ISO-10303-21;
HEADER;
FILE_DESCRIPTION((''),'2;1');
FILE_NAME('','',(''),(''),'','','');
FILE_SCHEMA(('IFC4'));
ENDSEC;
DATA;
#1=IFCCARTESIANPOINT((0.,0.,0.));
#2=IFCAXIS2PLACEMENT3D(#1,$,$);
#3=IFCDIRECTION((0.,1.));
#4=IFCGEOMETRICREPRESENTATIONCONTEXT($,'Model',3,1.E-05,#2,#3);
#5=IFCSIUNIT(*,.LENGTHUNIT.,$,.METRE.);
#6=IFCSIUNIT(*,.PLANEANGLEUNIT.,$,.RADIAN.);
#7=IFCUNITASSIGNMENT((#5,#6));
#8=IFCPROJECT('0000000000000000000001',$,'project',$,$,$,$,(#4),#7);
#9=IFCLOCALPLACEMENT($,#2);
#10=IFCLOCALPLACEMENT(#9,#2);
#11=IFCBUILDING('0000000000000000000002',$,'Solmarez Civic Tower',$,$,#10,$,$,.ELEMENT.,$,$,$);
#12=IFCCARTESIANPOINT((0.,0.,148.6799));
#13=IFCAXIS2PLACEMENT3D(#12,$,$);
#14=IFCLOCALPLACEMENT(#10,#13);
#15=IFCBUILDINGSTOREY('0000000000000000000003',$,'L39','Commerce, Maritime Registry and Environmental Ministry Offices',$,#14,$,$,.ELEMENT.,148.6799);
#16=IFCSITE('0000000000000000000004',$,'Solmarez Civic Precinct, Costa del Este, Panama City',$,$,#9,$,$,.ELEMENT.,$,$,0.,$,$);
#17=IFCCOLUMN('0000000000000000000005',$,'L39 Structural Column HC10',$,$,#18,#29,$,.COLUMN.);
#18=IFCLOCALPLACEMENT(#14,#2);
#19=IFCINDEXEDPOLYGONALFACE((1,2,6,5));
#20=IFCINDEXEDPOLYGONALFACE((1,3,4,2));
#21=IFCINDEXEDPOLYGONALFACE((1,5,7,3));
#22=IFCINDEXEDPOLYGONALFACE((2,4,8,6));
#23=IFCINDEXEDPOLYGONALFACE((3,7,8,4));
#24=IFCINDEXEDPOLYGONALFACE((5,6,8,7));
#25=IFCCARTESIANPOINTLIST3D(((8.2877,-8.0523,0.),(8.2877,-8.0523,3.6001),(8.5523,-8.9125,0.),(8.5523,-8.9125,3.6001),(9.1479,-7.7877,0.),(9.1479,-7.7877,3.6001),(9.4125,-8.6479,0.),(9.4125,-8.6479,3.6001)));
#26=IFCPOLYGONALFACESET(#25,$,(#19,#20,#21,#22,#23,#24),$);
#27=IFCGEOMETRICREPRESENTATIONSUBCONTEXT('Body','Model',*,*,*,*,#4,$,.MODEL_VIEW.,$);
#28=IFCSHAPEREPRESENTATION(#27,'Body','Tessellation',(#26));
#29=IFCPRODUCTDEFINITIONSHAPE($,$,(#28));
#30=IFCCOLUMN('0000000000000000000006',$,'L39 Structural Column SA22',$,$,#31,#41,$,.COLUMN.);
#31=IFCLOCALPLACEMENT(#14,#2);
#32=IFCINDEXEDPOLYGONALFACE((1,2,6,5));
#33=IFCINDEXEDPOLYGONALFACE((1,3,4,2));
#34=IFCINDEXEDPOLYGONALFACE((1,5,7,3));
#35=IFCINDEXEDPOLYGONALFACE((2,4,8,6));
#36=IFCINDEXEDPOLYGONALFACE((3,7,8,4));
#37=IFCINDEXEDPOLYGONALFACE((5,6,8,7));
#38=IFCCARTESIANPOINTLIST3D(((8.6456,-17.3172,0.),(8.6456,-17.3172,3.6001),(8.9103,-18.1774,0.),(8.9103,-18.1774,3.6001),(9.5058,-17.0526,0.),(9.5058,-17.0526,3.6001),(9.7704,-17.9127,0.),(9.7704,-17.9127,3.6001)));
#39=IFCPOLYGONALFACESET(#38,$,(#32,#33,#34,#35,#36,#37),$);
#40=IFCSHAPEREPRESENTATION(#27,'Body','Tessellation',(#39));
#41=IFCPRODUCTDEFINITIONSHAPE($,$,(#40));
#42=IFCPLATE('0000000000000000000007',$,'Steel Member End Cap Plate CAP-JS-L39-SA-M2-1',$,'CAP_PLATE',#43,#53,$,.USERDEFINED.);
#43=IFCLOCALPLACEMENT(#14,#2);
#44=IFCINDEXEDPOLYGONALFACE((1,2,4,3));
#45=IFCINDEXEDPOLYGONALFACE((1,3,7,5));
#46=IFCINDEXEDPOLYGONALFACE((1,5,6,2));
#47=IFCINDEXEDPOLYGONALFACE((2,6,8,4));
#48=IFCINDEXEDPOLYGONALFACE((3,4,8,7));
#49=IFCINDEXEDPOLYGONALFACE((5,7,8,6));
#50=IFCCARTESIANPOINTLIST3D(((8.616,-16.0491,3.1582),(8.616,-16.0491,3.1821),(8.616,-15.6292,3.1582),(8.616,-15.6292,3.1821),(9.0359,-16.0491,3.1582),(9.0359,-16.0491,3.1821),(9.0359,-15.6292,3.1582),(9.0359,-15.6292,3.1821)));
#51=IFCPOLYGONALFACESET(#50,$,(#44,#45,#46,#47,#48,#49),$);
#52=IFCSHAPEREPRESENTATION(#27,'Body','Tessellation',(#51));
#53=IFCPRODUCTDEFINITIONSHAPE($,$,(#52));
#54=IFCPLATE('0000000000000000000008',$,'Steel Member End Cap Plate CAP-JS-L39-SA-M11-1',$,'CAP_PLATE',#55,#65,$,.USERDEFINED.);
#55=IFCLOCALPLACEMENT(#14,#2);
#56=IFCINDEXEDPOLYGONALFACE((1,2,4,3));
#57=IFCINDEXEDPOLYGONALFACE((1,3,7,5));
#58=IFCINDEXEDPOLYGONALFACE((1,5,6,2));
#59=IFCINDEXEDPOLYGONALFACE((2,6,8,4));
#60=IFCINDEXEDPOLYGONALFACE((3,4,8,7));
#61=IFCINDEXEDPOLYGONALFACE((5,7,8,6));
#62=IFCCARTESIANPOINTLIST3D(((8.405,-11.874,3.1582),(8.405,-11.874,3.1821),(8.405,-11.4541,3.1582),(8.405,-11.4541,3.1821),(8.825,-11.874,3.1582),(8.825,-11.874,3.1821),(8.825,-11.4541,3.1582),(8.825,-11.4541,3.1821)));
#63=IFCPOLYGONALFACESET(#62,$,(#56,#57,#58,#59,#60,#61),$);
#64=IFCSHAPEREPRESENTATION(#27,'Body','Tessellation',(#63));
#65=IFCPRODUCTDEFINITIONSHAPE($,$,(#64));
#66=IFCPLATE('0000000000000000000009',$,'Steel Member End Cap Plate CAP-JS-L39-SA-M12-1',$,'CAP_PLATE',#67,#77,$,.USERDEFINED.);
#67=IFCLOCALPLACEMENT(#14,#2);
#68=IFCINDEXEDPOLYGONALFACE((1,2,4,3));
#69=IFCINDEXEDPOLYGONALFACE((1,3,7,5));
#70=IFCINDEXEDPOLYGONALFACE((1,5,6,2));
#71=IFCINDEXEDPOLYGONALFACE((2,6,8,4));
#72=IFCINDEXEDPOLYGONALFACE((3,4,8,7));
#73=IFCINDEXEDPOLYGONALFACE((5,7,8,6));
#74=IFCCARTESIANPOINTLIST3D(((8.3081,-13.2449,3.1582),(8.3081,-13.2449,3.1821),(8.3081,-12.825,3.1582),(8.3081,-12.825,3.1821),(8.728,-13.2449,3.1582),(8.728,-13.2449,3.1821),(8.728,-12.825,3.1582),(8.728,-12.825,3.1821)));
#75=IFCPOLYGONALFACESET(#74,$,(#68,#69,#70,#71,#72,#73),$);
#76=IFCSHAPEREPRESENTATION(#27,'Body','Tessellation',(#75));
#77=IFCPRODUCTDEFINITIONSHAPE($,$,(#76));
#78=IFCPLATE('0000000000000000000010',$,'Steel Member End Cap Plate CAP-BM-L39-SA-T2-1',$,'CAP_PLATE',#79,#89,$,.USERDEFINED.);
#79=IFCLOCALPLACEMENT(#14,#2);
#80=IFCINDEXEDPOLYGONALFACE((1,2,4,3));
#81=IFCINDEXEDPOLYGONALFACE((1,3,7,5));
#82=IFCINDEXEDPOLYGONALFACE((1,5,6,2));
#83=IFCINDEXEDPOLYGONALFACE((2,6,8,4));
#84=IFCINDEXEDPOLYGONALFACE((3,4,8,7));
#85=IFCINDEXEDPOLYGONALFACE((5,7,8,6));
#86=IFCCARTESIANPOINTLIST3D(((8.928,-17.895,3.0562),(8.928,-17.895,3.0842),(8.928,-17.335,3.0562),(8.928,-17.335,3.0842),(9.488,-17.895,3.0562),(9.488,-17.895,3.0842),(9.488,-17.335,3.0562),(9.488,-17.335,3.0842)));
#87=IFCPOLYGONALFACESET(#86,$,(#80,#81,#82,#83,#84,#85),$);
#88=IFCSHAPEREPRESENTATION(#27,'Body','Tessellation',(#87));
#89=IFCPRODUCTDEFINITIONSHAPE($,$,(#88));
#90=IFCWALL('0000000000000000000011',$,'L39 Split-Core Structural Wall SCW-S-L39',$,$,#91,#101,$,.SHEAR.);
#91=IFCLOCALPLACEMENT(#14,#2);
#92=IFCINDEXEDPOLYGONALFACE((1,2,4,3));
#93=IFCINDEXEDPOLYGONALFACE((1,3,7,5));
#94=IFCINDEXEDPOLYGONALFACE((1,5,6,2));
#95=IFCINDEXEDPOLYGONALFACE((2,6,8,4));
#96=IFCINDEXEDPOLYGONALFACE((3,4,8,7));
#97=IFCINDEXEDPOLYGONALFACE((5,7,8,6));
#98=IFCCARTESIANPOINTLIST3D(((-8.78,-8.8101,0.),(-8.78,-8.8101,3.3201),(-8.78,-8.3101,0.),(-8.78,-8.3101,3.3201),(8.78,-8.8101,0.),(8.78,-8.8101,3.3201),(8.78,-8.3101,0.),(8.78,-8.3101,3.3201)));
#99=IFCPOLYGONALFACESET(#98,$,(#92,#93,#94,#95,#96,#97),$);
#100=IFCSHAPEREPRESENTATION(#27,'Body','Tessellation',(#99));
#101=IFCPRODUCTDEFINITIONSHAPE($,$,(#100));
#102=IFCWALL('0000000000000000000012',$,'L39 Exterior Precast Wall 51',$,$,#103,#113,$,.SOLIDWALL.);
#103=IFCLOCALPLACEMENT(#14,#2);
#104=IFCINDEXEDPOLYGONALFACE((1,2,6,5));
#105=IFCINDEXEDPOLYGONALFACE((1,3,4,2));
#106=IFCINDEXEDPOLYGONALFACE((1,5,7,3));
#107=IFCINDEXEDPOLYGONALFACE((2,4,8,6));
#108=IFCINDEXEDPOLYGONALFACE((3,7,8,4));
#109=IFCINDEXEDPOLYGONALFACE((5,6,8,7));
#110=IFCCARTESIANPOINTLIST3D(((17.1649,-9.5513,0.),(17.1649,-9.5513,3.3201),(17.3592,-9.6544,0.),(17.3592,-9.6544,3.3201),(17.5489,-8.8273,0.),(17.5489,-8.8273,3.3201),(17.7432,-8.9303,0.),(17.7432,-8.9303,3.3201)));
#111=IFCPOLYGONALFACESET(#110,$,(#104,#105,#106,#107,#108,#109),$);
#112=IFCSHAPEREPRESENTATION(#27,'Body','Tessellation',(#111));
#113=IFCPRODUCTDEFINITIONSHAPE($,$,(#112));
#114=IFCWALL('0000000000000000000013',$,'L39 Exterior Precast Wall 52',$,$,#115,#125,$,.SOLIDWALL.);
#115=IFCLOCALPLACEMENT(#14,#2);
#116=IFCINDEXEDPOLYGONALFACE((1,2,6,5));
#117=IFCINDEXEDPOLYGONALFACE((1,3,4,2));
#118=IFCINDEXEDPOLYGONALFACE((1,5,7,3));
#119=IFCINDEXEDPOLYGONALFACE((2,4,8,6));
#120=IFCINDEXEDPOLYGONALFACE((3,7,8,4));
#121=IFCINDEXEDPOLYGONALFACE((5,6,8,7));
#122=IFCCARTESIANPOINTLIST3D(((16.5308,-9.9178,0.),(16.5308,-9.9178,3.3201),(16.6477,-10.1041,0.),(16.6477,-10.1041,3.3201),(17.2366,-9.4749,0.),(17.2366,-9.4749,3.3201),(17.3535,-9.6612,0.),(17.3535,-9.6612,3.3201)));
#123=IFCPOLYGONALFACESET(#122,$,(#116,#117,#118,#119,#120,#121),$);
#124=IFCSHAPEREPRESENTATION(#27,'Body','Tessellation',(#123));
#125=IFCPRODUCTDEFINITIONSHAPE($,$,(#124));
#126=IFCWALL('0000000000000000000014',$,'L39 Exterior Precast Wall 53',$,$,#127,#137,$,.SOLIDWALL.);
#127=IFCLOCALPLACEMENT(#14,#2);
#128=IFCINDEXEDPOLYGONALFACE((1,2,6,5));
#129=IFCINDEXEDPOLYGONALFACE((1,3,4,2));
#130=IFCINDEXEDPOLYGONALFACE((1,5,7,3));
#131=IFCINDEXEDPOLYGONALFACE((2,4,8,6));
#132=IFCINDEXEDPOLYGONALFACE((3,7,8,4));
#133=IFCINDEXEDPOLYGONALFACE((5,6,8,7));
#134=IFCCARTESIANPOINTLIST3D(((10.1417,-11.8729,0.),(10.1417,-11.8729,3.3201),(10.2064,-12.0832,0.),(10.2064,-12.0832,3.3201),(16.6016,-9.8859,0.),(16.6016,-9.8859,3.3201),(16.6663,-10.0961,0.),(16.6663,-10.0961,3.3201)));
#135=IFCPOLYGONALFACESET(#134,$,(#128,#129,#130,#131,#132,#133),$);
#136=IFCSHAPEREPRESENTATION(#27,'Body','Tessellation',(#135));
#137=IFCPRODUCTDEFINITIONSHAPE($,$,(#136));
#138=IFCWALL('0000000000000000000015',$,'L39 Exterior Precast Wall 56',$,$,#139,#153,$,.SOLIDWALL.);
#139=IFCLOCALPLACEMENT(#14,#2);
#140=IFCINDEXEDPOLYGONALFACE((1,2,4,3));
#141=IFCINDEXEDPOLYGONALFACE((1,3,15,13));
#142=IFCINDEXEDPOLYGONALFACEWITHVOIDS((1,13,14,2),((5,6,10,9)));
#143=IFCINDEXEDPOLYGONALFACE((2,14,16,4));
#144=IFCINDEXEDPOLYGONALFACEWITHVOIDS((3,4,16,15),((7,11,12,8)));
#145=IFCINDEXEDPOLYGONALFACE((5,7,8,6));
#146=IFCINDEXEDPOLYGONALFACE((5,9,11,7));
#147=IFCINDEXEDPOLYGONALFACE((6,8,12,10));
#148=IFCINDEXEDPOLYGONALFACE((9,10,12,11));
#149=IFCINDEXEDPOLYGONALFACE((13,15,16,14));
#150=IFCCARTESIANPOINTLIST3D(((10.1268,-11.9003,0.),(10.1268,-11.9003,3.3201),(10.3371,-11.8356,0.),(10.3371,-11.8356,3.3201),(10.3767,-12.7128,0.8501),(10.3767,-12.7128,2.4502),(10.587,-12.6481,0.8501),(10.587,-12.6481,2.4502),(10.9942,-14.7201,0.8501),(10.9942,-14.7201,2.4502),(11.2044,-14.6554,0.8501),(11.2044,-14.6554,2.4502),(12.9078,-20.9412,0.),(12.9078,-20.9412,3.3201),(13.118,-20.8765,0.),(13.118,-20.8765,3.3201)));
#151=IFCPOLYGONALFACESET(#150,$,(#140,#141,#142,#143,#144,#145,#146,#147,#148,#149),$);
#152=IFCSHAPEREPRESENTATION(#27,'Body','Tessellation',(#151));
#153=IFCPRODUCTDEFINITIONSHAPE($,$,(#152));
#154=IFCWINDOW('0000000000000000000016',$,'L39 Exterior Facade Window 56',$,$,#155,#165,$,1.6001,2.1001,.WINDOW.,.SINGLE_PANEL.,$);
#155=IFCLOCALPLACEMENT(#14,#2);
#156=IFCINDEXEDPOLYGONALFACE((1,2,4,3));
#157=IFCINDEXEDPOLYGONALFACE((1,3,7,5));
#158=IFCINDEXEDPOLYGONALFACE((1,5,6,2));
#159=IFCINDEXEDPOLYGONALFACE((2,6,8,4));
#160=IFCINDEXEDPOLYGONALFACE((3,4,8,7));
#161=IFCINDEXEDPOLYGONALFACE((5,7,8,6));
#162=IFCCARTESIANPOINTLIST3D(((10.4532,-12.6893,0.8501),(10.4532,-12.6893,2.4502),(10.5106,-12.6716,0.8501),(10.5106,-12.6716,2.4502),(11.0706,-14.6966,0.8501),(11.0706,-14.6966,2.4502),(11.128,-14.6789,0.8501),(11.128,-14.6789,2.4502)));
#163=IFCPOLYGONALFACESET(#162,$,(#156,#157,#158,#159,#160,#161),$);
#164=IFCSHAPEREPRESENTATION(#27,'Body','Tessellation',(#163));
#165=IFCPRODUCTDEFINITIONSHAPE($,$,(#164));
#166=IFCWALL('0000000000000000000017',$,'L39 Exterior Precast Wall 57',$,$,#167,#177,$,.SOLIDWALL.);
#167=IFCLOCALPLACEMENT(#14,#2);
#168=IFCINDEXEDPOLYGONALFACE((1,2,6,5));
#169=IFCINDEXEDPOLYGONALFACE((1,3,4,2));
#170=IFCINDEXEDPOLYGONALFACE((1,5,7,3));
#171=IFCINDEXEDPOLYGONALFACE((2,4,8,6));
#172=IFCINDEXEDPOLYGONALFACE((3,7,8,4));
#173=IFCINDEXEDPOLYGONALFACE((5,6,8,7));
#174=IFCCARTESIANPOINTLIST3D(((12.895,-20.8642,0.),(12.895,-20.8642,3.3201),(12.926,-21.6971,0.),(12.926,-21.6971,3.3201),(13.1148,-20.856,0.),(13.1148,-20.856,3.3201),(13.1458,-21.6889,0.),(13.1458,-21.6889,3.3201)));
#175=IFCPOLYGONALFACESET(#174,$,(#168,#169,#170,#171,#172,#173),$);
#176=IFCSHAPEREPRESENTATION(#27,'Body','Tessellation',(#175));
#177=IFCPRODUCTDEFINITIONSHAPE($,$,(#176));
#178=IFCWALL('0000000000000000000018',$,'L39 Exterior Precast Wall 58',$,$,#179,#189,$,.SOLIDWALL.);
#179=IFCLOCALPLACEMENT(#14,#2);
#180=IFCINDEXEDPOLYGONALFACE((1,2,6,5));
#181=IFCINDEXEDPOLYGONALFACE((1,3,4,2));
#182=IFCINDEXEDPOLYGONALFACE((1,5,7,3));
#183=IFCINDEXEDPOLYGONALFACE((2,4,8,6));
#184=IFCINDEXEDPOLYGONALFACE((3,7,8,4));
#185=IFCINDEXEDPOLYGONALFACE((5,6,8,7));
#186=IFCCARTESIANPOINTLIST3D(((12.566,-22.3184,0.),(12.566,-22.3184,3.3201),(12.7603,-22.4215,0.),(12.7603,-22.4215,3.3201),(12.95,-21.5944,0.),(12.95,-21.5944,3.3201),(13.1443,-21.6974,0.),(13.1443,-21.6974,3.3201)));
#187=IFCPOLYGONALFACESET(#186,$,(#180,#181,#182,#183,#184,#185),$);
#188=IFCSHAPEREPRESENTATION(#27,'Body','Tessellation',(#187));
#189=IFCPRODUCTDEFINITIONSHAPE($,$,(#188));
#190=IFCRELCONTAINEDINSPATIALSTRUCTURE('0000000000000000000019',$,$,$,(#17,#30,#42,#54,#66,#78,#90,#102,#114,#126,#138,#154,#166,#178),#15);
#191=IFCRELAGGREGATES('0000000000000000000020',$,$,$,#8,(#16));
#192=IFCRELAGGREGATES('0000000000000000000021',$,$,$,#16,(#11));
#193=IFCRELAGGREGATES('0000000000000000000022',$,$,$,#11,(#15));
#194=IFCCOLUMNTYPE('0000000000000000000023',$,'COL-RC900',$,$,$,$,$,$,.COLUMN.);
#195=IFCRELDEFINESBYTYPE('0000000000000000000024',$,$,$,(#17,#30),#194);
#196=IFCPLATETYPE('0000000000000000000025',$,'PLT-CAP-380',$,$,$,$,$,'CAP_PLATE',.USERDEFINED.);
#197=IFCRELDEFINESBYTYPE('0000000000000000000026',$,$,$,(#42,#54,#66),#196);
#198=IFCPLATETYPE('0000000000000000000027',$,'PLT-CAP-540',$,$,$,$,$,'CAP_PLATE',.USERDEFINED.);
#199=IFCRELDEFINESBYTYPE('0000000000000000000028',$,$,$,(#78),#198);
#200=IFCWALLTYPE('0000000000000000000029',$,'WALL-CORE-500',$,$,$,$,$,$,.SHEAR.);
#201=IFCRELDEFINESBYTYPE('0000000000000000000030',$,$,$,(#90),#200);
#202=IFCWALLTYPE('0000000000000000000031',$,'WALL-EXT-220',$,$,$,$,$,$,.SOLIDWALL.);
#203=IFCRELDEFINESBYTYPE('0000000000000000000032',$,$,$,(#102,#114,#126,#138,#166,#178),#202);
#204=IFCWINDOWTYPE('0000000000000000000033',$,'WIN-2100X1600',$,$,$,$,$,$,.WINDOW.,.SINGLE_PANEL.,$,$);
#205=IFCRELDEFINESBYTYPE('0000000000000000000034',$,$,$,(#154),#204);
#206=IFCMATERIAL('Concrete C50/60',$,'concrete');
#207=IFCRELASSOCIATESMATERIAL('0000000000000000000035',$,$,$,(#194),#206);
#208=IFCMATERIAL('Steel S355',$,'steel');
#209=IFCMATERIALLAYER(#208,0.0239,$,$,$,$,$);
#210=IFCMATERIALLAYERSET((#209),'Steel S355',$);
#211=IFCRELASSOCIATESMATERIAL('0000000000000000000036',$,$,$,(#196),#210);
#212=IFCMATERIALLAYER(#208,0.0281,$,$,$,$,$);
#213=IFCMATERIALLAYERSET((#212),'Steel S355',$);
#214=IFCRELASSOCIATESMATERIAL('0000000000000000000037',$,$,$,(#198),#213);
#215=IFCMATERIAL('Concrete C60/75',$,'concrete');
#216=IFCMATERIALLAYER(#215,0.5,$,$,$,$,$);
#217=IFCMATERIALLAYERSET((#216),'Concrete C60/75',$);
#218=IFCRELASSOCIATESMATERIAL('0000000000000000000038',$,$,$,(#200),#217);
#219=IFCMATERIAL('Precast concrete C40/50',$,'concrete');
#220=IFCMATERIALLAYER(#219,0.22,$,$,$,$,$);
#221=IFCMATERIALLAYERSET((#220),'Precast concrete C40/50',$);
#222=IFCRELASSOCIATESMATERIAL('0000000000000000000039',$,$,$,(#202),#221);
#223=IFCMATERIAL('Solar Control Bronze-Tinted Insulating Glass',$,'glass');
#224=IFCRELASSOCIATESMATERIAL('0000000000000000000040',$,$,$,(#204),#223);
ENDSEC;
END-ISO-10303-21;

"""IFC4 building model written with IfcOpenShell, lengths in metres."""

from ifc_helpers import new_model, si_unit, direction, frame, frame_2d, origin, origin_2d, place, context, subcontext, project, spatial, rectangle, extrude, material, layer, layer_set, material_profile, profile_set, type_object, element, fill, save


model = new_model("IFC4")

# Units and contexts
model_context = context("Model", 3, precision=1e-05, world=origin(), true_north=direction((0.0, 1.0)))
body_context = subcontext(model_context, "Body", "Model", "MODEL_VIEW")
ifc_project = project(units=[si_unit("LENGTHUNIT", "METRE"), si_unit("PLANEANGLEUNIT", "RADIAN")], contexts=[model_context])

# Site, building, storey
site_placement = place(None, origin())
site = spatial("IfcSite", under=ifc_project, at=site_placement, Name="Solmarez Civic Precinct, Costa del Este, Panama City", CompositionType="ELEMENT", RefElevation=0.0)
building_placement = place(site_placement, origin())
building = spatial("IfcBuilding", under=site, at=building_placement, Name="Solmarez Civic Tower", CompositionType="ELEMENT")
storey_placement = place(building_placement, frame((0.0, 0.0, 148.6799)))
storey = spatial("IfcBuildingStorey", under=building, at=storey_placement, Name="L39", Description="Commerce, Maritime Registry and Environmental Ministry Offices", CompositionType="ELEMENT", Elevation=148.6799)

# Columns
ifc_material_1 = material(Name="Concrete C50/60", Category="concrete")
ifc_material_profile = material_profile(ifc_material_1, rectangle(XDim=0.8999, YDim=0.8999, at=origin_2d()), Name="RC900X900")
ifc_profile_set = profile_set([ifc_material_profile], Name="Concrete C50/60")
column_type = type_object("IfcColumnType", Name="COL-RC900", PredefinedType="COLUMN", material=ifc_profile_set)
for number, where, z_axis, x_axis, name in (
    (1, (8.8501, -8.3501, 0.0), (0.0, 0.0, 1.0), (0.955793, 0.29404, 0.0), "L39 Structural Column HC10"),
    (2, (9.208, -17.615, 0.0), (0.0, 0.0, 1.0), (0.955793, 0.29404, 0.0), "L39 Structural Column SA22"),
):
    element("IfcColumn", number, at=place(storey_placement, frame(where, z_axis=z_axis, x_axis=x_axis)), inside=storey, type_object=column_type, Name=name, PredefinedType="COLUMN", context=body_context, shape_type="SweptSolid", body=[
        extrude(rectangle(XDim=0.8999, YDim=0.8999, at=origin_2d()), origin(), (0.0, 0.0, 1.0), 3.6001),
    ])

# Plates
ifc_material_2 = material(Name="Steel S355", Category="steel")
ifc_layer_1 = layer(ifc_material_2, 0.0239)
ifc_layer_set_1 = layer_set([ifc_layer_1], Name="Steel S355")
plate_type_1 = type_object("IfcPlateType", Name="PLT-CAP-380", ElementType="CAP_PLATE", PredefinedType="USERDEFINED", material=ifc_layer_set_1)
for number, where, z_axis, x_axis, name in (
    (3, (8.8259, -15.8391, 3.1582), (0.0, 0.0, 1.0), (1.0, 0.0, 0.0), "Steel Member End Cap Plate CAP-JS-L39-SA-M2-1"),
    (4, (8.615, -11.6641, 3.1582), (0.0, 0.0, 1.0), (1.0, 0.0, 0.0), "Steel Member End Cap Plate CAP-JS-L39-SA-M11-1"),
    (5, (8.5181, -13.0349, 3.1582), (0.0, 0.0, 1.0), (1.0, 0.0, 0.0), "Steel Member End Cap Plate CAP-JS-L39-SA-M12-1"),
):
    element("IfcPlate", number, at=place(storey_placement, frame(where, z_axis=z_axis, x_axis=x_axis)), inside=storey, type_object=plate_type_1, Name=name, ObjectType="CAP_PLATE", PredefinedType="USERDEFINED", context=body_context, shape_type="SweptSolid", body=[
        extrude(rectangle(XDim=0.4199, YDim=0.4199, at=origin_2d()), origin(), (0.0, 0.0, 1.0), 0.0239),
    ])
ifc_layer_2 = layer(ifc_material_2, 0.0281)
ifc_layer_set_2 = layer_set([ifc_layer_2], Name="Steel S355")
plate_type_2 = type_object("IfcPlateType", Name="PLT-CAP-540", ElementType="CAP_PLATE", PredefinedType="USERDEFINED", material=ifc_layer_set_2)
plate_placement = place(storey_placement, frame((9.208, -17.615, 3.0562), z_axis=(0.0, 0.0, 1.0), x_axis=(1.0, 0.0, 0.0)))
element("IfcPlate", 6, at=plate_placement, inside=storey, type_object=plate_type_2, Name="Steel Member End Cap Plate CAP-BM-L39-SA-T2-1", ObjectType="CAP_PLATE", PredefinedType="USERDEFINED", context=body_context, shape_type="SweptSolid", body=[
    extrude(rectangle(XDim=0.5601, YDim=0.5601, at=origin_2d()), origin(), (0.0, 0.0, 1.0), 0.0281),
])

# Walls
ifc_material_3 = material(Name="Concrete C60/75", Category="concrete")
ifc_layer_3 = layer(ifc_material_3, 0.5)
ifc_layer_set_3 = layer_set([ifc_layer_3], Name="Concrete C60/75")
wall_type_1 = type_object("IfcWallType", Name="WALL-CORE-500", PredefinedType="SHEAR", material=ifc_layer_set_3)
wall_1_placement = place(storey_placement, frame((8.78, -8.5601, 0.0), z_axis=(0.0, 0.0, 1.0), x_axis=(-1.0, 0.0, 0.0)))
element("IfcWall", 7, at=wall_1_placement, inside=storey, type_object=wall_type_1, Name="L39 Split-Core Structural Wall SCW-S-L39", PredefinedType="SHEAR", context=body_context, shape_type="SweptSolid", body=[
    extrude(rectangle(XDim=17.5601, YDim=0.5, at=frame_2d((8.78, 0.0))), origin(), (0.0, 0.0, 1.0), 3.3201),
])
ifc_material_4 = material(Name="Precast concrete C40/50", Category="concrete")
ifc_layer_4 = layer(ifc_material_4, 0.22)
ifc_layer_set_4 = layer_set([ifc_layer_4], Name="Precast concrete C40/50")
wall_type_2 = type_object("IfcWallType", Name="WALL-EXT-220", PredefinedType="SOLIDWALL", material=ifc_layer_set_4)
wall_2_placement = place(storey_placement, frame((17.646, -8.8789, 0.0), z_axis=(0.0, 0.0, 1.0), x_axis=(-0.468531, -0.883447, 0.0)))
element("IfcWall", 8, at=wall_2_placement, inside=storey, type_object=wall_type_2, Name="L39 Exterior Precast Wall 51", PredefinedType="SOLIDWALL", context=body_context, shape_type="SweptSolid", body=[
    extrude(rectangle(XDim=0.8196, YDim=0.22, at=frame_2d((0.4097, 0.0))), origin(), (0.0, 0.0, 1.0), 3.3201),
])
wall_3_placement = place(storey_placement, frame((17.2949, -9.5681, 0.0), z_axis=(0.0, 0.0, 1.0), x_axis=(-0.847059, -0.531499, 0.0)))
element("IfcWall", 9, at=wall_3_placement, inside=storey, type_object=wall_type_2, Name="L39 Exterior Precast Wall 52", PredefinedType="SOLIDWALL", context=body_context, shape_type="SweptSolid", body=[
    extrude(rectangle(XDim=0.8333, YDim=0.22, at=frame_2d((0.4165, 0.0))), origin(), (0.0, 0.0, 1.0), 3.3201),
])
wall_4_placement = place(storey_placement, frame((16.634, -9.991, 0.0), z_axis=(0.0, 0.0, 1.0), x_axis=(-0.955805, -0.294002, 0.0)))
element("IfcWall", 10, at=wall_4_placement, inside=storey, type_object=wall_type_2, Name="L39 Exterior Precast Wall 53", PredefinedType="SOLIDWALL", context=body_context, shape_type="SweptSolid", body=[
    extrude(rectangle(XDim=6.7585, YDim=0.22, at=frame_2d((3.3794, 0.0))), origin(), (0.0, 0.0, 1.0), 3.3201),
])

# Wall, opening, window
wall_5_placement = place(storey_placement, frame((10.2319, -11.8679, 0.0), z_axis=(0.0, 0.0, 1.0), x_axis=(0.294004, -0.955804, 0.0)))
wall_5 = element("IfcWall", 11, at=wall_5_placement, inside=storey, type_object=wall_type_2, Name="L39 Exterior Precast Wall 56", PredefinedType="SOLIDWALL", context=body_context, shape_type="SweptSolid", body=[
    extrude(rectangle(XDim=9.459, YDim=0.22, at=frame_2d((4.7295, 0.0))), origin(), (0.0, 0.0, 1.0), 3.3201),
])
opening_1_placement = place(wall_5_placement, frame((0.8501, 0.0, 0.8501)))
opening_1 = element("IfcOpeningElement", 12, at=opening_1_placement, cuts=wall_5, PredefinedType="OPENING", context=body_context, shape_type="SweptSolid", body=[
    extrude(rectangle(XDim=2.1001, YDim=1.6001, at=frame_2d((1.05, 0.8))), frame((0.0, 0.1199, 0.0), z_axis=(0.0, -1.0, 0.0), x_axis=(1.0, 0.0, 0.0)), (0.0, 0.0, 1.0), 0.24),
])
ifc_material_5 = material(Name="Solar Control Bronze-Tinted Insulating Glass", Category="glass")
window_type_1 = type_object("IfcWindowType", Name="WIN-2100X1600", PartitioningType="SINGLE_PANEL", PredefinedType="WINDOW", material=ifc_material_5)
window_1_placement = place(opening_1_placement, origin())
window_1 = element("IfcWindow", 13, at=window_1_placement, inside=storey, type_object=window_type_1, Name="L39 Exterior Facade Window 56", OverallHeight=1.6001, OverallWidth=2.1001, PartitioningType="SINGLE_PANEL", PredefinedType="WINDOW", context=body_context, shape_type="SweptSolid", body=[
    extrude(rectangle(XDim=2.1001, YDim=1.6001, at=frame_2d((1.05, 0.8))), frame((0.0, 0.03, 0.0), z_axis=(0.0, -1.0, 0.0), x_axis=(1.0, 0.0, 0.0)), (0.0, 0.0, 1.0), 0.0601),
])
fill(opening_1, window_1)

# Walls
wall_6_placement = place(storey_placement, frame((13.0049, -20.8601, 0.0), z_axis=(0.0, 0.0, 1.0), x_axis=(0.037196, -0.999308, 0.0)))
element("IfcWall", 14, at=wall_6_placement, inside=storey, type_object=wall_type_2, Name="L39 Exterior Precast Wall 57", PredefinedType="SOLIDWALL", context=body_context, shape_type="SweptSolid", body=[
    extrude(rectangle(XDim=0.8335, YDim=0.22, at=frame_2d((0.4167, 0.0))), origin(), (0.0, 0.0, 1.0), 3.3201),
])
wall_7_placement = place(storey_placement, frame((13.0471, -21.646, 0.0), z_axis=(0.0, 0.0, 1.0), x_axis=(-0.468531, -0.883447, 0.0)))
element("IfcWall", 15, at=wall_7_placement, inside=storey, type_object=wall_type_2, Name="L39 Exterior Precast Wall 58", PredefinedType="SOLIDWALL", context=body_context, shape_type="SweptSolid", body=[
    extrude(rectangle(XDim=0.8196, YDim=0.22, at=frame_2d((0.4097, 0.0))), origin(), (0.0, 0.0, 1.0), 3.3201),
])

save(model, "model.ifc")
